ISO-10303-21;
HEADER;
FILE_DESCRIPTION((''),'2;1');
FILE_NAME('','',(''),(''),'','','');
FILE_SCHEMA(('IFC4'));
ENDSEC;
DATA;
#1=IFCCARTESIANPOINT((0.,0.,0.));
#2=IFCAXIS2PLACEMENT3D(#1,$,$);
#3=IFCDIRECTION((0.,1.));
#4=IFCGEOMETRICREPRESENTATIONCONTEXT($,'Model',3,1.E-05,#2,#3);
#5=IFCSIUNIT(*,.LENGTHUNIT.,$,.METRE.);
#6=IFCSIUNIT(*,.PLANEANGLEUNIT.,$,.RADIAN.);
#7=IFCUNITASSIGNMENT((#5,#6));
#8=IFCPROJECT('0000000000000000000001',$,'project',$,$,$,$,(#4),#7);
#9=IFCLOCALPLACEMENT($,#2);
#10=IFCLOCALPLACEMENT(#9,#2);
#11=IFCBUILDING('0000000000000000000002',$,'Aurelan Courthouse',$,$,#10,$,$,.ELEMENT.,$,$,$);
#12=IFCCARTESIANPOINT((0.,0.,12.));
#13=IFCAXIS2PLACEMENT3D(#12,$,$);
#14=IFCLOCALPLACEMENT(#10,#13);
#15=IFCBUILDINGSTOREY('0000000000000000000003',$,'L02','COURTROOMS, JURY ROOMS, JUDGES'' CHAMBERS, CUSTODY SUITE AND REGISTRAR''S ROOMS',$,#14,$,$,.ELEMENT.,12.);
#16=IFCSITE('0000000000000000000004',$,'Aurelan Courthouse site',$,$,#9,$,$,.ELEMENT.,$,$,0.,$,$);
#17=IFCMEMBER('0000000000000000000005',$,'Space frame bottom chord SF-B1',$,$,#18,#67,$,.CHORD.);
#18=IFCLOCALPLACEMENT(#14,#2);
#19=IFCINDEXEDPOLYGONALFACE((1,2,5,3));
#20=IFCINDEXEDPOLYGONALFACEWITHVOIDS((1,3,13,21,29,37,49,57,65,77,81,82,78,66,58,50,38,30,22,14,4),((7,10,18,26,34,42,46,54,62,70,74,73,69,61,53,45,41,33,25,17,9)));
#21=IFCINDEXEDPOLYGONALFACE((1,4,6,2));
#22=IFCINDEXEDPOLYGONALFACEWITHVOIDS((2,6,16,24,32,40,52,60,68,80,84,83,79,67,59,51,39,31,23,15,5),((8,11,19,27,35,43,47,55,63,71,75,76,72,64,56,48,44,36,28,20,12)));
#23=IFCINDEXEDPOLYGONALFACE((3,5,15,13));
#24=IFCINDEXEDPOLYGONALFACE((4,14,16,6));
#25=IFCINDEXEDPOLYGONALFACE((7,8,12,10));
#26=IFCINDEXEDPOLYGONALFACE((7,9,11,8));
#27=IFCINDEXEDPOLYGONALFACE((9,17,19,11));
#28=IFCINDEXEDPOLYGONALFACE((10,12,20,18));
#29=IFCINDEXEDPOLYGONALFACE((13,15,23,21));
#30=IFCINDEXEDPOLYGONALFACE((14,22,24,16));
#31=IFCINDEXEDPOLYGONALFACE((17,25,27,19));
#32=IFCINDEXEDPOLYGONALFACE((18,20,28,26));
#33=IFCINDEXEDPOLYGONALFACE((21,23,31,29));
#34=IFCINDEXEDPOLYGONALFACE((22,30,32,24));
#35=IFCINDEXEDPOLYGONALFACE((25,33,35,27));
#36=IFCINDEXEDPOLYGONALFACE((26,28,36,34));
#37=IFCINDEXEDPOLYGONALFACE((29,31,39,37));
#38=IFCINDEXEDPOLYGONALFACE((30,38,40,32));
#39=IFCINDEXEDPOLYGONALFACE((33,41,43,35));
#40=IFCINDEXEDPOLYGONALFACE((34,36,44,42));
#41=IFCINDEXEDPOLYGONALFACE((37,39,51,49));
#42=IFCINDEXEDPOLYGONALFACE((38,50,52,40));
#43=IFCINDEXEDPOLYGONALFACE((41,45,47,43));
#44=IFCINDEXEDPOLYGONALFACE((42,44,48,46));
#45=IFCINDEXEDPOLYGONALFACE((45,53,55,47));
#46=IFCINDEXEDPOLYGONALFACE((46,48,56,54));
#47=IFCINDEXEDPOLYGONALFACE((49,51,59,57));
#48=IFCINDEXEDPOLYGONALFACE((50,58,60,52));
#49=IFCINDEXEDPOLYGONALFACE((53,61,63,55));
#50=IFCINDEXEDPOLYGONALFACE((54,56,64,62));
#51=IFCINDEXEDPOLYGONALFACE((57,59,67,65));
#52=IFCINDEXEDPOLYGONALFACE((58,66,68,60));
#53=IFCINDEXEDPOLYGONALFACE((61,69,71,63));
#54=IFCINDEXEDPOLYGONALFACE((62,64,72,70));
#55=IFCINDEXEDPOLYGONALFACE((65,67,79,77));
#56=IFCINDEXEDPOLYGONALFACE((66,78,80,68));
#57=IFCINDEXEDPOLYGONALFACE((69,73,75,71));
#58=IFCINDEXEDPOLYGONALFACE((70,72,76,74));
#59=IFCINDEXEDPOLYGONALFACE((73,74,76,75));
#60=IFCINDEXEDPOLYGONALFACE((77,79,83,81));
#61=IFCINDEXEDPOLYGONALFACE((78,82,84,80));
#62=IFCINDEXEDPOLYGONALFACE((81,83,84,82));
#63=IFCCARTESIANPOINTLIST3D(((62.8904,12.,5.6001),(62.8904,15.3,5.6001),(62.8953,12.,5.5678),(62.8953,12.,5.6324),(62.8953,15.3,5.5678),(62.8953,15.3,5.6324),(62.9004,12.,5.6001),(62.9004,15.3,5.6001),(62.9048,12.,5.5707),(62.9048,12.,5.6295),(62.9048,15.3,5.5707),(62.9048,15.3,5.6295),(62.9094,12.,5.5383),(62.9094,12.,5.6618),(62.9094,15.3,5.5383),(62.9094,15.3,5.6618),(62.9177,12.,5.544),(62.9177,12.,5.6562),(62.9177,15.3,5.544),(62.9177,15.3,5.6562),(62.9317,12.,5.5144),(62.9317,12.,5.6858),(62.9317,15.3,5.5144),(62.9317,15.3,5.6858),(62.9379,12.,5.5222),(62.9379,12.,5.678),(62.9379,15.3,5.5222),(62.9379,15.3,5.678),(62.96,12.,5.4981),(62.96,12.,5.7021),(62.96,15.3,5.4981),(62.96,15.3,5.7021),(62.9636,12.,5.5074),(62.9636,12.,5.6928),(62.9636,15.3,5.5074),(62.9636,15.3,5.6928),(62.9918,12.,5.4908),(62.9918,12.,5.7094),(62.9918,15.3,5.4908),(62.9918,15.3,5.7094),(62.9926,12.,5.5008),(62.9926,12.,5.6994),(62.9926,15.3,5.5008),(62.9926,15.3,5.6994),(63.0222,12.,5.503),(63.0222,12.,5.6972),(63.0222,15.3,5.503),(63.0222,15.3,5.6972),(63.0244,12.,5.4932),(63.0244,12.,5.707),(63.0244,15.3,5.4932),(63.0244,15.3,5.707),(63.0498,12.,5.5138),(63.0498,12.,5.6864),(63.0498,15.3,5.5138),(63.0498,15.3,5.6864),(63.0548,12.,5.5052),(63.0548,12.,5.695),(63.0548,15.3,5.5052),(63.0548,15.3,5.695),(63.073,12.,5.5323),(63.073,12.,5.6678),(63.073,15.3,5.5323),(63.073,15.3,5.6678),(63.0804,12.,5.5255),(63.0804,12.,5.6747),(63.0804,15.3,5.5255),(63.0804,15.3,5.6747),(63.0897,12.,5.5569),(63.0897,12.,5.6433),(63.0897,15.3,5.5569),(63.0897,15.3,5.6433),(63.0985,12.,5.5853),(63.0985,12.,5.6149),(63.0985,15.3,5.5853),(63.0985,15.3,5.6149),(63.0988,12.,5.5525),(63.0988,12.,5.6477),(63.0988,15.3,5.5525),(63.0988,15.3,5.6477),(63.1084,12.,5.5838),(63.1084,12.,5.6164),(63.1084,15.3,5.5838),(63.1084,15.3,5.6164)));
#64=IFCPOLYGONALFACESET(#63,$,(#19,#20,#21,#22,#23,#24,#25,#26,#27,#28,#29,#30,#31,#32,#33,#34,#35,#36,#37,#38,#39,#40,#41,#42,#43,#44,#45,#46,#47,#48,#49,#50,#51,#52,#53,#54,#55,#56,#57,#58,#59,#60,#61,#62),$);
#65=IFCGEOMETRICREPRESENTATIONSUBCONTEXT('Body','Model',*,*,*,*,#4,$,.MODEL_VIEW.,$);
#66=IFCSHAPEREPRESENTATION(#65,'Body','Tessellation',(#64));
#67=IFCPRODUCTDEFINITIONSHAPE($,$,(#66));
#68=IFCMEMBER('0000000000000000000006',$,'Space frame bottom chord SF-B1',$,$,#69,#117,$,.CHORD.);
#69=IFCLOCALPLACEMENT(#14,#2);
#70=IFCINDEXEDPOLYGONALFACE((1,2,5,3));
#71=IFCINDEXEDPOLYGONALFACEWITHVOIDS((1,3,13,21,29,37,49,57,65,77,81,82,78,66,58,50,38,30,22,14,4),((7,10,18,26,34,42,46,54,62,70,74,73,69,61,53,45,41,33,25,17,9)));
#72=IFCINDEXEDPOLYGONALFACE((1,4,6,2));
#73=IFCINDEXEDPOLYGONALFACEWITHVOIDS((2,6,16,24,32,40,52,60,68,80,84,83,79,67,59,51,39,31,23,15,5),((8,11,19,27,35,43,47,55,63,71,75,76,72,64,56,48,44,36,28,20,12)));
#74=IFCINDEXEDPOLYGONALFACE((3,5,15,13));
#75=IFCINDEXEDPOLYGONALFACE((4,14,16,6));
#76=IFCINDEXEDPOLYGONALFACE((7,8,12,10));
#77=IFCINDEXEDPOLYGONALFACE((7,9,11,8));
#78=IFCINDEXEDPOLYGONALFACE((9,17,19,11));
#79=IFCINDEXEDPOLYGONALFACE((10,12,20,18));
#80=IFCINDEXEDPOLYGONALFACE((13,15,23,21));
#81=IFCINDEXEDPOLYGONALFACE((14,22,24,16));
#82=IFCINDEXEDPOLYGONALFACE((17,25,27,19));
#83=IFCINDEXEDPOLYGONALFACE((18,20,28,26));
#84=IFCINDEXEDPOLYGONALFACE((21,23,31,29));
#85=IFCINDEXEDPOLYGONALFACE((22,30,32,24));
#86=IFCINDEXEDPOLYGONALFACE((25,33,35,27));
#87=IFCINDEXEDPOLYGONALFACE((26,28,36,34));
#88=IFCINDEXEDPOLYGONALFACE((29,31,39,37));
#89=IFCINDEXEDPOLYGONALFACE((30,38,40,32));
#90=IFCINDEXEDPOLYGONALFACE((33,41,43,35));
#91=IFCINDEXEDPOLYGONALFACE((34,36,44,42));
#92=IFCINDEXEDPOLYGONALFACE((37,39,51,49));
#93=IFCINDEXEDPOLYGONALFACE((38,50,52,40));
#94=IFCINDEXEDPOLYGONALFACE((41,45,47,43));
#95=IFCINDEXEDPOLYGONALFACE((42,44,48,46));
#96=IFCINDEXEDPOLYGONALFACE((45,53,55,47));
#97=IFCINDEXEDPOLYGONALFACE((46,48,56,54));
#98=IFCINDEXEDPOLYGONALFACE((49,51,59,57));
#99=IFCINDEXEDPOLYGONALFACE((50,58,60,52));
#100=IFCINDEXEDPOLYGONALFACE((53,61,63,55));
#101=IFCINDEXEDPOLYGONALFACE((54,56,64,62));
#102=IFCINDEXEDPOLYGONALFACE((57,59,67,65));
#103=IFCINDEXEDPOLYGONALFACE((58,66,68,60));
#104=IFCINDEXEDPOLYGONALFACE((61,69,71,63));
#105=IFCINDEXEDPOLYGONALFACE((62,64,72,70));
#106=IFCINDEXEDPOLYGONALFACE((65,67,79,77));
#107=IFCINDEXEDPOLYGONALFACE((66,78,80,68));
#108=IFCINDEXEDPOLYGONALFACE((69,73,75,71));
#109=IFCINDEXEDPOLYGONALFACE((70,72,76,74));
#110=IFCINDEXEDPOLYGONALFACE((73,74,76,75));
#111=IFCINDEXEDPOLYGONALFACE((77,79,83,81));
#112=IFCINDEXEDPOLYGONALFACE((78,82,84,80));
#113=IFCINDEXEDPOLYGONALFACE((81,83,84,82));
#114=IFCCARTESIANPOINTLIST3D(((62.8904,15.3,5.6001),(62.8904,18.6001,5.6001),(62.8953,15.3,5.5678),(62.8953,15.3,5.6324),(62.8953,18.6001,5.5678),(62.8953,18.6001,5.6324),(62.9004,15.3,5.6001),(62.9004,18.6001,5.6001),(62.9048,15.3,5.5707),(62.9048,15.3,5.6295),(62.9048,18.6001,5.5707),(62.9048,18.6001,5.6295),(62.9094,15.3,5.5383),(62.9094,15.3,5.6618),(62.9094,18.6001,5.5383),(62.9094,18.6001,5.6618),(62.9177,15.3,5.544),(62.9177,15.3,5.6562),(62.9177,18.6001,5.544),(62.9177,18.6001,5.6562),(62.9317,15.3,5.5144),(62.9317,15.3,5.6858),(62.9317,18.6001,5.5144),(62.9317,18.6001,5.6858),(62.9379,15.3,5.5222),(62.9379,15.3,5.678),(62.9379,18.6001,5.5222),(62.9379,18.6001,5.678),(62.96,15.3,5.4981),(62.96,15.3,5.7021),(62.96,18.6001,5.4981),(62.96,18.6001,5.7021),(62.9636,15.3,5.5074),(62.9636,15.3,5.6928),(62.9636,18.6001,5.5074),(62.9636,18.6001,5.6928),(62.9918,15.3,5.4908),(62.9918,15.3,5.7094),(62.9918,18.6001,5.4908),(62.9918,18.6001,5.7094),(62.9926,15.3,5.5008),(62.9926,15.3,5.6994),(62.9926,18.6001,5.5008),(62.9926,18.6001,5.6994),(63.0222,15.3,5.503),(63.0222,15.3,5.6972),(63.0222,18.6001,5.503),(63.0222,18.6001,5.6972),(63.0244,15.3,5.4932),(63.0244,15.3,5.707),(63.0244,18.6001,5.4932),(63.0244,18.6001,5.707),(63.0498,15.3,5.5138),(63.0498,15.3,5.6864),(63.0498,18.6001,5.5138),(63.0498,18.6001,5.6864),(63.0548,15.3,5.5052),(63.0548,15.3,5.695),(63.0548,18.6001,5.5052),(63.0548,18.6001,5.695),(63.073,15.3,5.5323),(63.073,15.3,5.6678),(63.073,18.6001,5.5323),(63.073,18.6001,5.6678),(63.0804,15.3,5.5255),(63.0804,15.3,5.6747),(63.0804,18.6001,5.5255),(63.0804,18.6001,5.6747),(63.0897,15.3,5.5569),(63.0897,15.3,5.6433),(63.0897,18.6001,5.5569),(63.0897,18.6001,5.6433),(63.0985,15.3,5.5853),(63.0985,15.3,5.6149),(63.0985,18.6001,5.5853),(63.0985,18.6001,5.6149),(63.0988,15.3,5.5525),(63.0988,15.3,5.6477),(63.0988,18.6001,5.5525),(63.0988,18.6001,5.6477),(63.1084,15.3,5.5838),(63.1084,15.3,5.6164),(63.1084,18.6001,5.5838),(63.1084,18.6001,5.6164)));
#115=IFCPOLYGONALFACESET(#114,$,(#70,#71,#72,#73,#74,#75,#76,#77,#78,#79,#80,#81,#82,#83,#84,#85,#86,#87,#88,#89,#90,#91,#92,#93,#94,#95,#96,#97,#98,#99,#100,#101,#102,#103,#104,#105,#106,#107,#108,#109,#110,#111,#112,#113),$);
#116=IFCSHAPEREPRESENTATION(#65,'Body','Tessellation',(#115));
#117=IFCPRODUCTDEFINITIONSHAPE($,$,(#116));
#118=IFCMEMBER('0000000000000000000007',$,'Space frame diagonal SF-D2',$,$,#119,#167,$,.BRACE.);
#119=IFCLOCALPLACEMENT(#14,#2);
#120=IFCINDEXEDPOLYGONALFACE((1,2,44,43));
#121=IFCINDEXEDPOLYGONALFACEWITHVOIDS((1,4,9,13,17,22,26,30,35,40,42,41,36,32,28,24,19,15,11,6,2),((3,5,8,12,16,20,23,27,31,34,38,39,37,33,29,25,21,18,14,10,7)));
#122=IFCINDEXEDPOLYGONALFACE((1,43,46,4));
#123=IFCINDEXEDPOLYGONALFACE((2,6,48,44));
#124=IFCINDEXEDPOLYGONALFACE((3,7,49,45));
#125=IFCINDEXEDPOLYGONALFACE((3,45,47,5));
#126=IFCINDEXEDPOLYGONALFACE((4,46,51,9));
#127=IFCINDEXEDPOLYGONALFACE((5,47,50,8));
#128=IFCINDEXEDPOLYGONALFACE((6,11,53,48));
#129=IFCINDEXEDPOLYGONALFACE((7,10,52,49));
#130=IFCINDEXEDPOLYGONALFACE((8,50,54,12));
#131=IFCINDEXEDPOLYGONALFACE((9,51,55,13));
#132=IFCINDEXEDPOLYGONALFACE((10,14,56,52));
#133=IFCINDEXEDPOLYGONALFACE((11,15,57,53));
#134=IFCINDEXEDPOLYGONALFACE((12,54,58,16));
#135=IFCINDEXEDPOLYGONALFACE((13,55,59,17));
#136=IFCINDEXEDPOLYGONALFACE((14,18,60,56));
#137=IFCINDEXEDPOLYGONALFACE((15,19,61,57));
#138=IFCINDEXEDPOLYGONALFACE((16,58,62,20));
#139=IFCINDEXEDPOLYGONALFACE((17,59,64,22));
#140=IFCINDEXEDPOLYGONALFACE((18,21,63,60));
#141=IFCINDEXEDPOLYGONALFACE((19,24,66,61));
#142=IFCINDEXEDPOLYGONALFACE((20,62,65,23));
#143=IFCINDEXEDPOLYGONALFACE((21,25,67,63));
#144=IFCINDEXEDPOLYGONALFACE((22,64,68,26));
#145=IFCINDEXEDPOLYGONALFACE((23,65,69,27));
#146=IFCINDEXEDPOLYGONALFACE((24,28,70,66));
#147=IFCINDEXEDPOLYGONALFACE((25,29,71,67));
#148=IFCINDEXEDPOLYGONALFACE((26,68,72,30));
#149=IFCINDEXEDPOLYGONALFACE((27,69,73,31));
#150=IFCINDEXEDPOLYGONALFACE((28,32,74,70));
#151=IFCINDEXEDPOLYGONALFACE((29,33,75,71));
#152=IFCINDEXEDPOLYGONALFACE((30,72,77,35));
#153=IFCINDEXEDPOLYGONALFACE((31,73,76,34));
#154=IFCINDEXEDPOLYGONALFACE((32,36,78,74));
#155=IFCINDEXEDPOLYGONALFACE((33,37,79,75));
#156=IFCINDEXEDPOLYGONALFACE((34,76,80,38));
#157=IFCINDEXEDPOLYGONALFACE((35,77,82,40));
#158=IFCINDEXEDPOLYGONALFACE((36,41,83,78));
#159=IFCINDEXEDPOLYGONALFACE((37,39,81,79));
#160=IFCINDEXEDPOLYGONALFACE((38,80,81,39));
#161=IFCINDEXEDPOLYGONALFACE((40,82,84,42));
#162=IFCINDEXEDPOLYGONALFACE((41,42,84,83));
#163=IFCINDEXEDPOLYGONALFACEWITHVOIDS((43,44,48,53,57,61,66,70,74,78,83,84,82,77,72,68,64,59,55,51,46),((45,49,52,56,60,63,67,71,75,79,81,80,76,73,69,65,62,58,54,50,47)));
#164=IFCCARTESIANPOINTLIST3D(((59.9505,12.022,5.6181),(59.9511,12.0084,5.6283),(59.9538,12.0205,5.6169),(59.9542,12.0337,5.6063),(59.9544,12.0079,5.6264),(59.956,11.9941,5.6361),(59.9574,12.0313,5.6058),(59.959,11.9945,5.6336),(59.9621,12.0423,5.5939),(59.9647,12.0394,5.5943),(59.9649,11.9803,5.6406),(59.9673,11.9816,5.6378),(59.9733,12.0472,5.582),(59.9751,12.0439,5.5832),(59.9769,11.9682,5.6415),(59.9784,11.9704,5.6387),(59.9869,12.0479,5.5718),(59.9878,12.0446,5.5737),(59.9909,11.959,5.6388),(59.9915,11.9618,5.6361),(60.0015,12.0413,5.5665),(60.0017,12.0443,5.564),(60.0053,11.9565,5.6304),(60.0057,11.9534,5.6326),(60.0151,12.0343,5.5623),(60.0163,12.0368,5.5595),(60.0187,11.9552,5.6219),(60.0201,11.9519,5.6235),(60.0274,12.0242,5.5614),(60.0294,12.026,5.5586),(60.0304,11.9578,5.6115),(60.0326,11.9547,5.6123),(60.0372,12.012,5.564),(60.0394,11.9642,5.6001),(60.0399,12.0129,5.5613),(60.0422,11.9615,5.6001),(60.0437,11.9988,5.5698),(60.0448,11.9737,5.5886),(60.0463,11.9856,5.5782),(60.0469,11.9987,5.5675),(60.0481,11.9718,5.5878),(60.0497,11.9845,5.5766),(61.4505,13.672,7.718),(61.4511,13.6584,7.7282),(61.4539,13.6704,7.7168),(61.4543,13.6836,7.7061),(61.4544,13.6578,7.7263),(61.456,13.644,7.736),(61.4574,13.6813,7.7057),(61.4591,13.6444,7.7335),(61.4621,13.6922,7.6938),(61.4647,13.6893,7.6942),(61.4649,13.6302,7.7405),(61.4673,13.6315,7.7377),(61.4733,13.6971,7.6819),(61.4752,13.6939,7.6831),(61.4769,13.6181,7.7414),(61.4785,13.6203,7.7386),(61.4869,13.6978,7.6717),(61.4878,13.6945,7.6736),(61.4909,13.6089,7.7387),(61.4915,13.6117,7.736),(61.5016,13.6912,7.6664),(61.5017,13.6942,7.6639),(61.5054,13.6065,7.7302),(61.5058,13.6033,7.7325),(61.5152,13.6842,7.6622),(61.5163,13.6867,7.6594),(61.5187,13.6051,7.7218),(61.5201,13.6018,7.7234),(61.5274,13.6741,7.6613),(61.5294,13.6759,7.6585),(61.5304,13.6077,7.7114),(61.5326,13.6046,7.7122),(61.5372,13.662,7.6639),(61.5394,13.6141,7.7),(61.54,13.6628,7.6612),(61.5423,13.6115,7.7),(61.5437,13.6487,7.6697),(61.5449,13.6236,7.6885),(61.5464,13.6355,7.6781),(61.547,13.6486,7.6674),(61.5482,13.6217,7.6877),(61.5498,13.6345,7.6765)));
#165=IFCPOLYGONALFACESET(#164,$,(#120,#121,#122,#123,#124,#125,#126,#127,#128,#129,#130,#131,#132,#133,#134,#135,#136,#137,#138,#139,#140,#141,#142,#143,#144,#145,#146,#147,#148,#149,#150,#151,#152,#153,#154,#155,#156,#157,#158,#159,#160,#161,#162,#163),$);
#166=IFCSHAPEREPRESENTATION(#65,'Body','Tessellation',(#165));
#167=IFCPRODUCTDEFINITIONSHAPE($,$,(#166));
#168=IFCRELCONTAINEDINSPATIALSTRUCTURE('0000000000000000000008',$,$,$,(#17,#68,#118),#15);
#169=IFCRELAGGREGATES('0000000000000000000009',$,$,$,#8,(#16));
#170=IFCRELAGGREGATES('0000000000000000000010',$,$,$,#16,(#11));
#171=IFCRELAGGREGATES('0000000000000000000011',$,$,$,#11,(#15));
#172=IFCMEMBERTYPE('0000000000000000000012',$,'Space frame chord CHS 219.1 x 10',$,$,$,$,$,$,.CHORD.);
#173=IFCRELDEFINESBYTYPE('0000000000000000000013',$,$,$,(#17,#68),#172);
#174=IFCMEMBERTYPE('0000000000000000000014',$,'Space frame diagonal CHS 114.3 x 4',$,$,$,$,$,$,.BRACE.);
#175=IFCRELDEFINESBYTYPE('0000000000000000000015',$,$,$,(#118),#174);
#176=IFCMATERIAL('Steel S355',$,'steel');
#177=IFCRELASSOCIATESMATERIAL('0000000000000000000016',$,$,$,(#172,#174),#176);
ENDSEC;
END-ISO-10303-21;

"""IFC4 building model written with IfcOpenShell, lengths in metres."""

from ifc_helpers import new_model, si_unit, direction, frame, origin, origin_2d, place, context, subcontext, project, spatial, hollow_circle, extrude, material, material_profile, profile_set, type_object, element, save


model = new_model("IFC4")

# Units and contexts
model_context = context("Model", 3, precision=1e-05, world=origin(), true_north=direction((0.0, 1.0)))
body_context = subcontext(model_context, "Body", "Model", "MODEL_VIEW")
ifc_project = project(units=[si_unit("LENGTHUNIT", "METRE"), si_unit("PLANEANGLEUNIT", "RADIAN")], contexts=[model_context])

# Site, building, storey
site_placement = place(None, origin())
site = spatial("IfcSite", under=ifc_project, at=site_placement, Name="Aurelan Courthouse site", CompositionType="ELEMENT", RefElevation=0.0)
building_placement = place(site_placement, origin())
building = spatial("IfcBuilding", under=site, at=building_placement, Name="Aurelan Courthouse", CompositionType="ELEMENT")
storey_placement = place(building_placement, frame((0.0, 0.0, 12.0)))
storey = spatial("IfcBuildingStorey", under=building, at=storey_placement, Name="L02", Description="COURTROOMS, JURY ROOMS, JUDGES' CHAMBERS, CUSTODY SUITE AND REGISTRAR'S ROOMS", CompositionType="ELEMENT", Elevation=12.0)

# Shared definitions
ifc_material_1 = material(Name="Steel S355", Category="steel")

# Members
ifc_material_profile_1 = material_profile(ifc_material_1, hollow_circle(Radius=0.1096, WallThickness=0.01, at=origin_2d()), Name="CHS 219.1 x 10")
ifc_profile_set_1 = profile_set([ifc_material_profile_1], Name="Steel S355")
member_type_1 = type_object("IfcMemberType", Name="Space frame chord CHS 219.1 x 10", PredefinedType="CHORD", material=ifc_profile_set_1)
for number, where, z_axis, x_axis, name in (
    (1, (63.0, 12.0, 5.6001), (0.0, 1.0, 0.0), (-1.0, 0.0, 0.0), "Space frame bottom chord SF-B1"),
    (2, (63.0, 15.3, 5.6001), (0.0, 1.0, 0.0), (-1.0, 0.0, 0.0), "Space frame bottom chord SF-B1"),
):
    element("IfcMember", number, at=place(storey_placement, frame(where, z_axis=z_axis, x_axis=x_axis)), inside=storey, type_object=member_type_1, Name=name, PredefinedType="CHORD", context=body_context, shape_type="SweptSolid", body=[
        extrude(hollow_circle(Radius=0.1096, WallThickness=0.01, at=origin_2d()), origin(), (0.0, 0.0, 1.0), 3.3),
    ])
ifc_material_profile_2 = material_profile(ifc_material_1, hollow_circle(Radius=0.0571, WallThickness=0.0039, at=origin_2d()), Name="CHS 114.3 x 4")
ifc_profile_set_2 = profile_set([ifc_material_profile_2], Name="Steel S355")
member_type_2 = type_object("IfcMemberType", Name="Space frame diagonal CHS 114.3 x 4", PredefinedType="BRACE", material=ifc_profile_set_2)
for number, where, z_axis, x_axis, name in (
    (3, (61.5, 13.6499, 7.7), (-0.489727, -0.538667, -0.685569), (0.73992, -0.672695, 0.0), "Space frame diagonal SF-D2"),
):
    element("IfcMember", number, at=place(storey_placement, frame(where, z_axis=z_axis, x_axis=x_axis)), inside=storey, type_object=member_type_2, Name=name, PredefinedType="BRACE", context=body_context, shape_type="SweptSolid", body=[
        extrude(hollow_circle(Radius=0.0571, WallThickness=0.0039, at=origin_2d()), origin(), (0.0, 0.0, 1.0), 3.063),
    ])

save(model, "model.ifc")
